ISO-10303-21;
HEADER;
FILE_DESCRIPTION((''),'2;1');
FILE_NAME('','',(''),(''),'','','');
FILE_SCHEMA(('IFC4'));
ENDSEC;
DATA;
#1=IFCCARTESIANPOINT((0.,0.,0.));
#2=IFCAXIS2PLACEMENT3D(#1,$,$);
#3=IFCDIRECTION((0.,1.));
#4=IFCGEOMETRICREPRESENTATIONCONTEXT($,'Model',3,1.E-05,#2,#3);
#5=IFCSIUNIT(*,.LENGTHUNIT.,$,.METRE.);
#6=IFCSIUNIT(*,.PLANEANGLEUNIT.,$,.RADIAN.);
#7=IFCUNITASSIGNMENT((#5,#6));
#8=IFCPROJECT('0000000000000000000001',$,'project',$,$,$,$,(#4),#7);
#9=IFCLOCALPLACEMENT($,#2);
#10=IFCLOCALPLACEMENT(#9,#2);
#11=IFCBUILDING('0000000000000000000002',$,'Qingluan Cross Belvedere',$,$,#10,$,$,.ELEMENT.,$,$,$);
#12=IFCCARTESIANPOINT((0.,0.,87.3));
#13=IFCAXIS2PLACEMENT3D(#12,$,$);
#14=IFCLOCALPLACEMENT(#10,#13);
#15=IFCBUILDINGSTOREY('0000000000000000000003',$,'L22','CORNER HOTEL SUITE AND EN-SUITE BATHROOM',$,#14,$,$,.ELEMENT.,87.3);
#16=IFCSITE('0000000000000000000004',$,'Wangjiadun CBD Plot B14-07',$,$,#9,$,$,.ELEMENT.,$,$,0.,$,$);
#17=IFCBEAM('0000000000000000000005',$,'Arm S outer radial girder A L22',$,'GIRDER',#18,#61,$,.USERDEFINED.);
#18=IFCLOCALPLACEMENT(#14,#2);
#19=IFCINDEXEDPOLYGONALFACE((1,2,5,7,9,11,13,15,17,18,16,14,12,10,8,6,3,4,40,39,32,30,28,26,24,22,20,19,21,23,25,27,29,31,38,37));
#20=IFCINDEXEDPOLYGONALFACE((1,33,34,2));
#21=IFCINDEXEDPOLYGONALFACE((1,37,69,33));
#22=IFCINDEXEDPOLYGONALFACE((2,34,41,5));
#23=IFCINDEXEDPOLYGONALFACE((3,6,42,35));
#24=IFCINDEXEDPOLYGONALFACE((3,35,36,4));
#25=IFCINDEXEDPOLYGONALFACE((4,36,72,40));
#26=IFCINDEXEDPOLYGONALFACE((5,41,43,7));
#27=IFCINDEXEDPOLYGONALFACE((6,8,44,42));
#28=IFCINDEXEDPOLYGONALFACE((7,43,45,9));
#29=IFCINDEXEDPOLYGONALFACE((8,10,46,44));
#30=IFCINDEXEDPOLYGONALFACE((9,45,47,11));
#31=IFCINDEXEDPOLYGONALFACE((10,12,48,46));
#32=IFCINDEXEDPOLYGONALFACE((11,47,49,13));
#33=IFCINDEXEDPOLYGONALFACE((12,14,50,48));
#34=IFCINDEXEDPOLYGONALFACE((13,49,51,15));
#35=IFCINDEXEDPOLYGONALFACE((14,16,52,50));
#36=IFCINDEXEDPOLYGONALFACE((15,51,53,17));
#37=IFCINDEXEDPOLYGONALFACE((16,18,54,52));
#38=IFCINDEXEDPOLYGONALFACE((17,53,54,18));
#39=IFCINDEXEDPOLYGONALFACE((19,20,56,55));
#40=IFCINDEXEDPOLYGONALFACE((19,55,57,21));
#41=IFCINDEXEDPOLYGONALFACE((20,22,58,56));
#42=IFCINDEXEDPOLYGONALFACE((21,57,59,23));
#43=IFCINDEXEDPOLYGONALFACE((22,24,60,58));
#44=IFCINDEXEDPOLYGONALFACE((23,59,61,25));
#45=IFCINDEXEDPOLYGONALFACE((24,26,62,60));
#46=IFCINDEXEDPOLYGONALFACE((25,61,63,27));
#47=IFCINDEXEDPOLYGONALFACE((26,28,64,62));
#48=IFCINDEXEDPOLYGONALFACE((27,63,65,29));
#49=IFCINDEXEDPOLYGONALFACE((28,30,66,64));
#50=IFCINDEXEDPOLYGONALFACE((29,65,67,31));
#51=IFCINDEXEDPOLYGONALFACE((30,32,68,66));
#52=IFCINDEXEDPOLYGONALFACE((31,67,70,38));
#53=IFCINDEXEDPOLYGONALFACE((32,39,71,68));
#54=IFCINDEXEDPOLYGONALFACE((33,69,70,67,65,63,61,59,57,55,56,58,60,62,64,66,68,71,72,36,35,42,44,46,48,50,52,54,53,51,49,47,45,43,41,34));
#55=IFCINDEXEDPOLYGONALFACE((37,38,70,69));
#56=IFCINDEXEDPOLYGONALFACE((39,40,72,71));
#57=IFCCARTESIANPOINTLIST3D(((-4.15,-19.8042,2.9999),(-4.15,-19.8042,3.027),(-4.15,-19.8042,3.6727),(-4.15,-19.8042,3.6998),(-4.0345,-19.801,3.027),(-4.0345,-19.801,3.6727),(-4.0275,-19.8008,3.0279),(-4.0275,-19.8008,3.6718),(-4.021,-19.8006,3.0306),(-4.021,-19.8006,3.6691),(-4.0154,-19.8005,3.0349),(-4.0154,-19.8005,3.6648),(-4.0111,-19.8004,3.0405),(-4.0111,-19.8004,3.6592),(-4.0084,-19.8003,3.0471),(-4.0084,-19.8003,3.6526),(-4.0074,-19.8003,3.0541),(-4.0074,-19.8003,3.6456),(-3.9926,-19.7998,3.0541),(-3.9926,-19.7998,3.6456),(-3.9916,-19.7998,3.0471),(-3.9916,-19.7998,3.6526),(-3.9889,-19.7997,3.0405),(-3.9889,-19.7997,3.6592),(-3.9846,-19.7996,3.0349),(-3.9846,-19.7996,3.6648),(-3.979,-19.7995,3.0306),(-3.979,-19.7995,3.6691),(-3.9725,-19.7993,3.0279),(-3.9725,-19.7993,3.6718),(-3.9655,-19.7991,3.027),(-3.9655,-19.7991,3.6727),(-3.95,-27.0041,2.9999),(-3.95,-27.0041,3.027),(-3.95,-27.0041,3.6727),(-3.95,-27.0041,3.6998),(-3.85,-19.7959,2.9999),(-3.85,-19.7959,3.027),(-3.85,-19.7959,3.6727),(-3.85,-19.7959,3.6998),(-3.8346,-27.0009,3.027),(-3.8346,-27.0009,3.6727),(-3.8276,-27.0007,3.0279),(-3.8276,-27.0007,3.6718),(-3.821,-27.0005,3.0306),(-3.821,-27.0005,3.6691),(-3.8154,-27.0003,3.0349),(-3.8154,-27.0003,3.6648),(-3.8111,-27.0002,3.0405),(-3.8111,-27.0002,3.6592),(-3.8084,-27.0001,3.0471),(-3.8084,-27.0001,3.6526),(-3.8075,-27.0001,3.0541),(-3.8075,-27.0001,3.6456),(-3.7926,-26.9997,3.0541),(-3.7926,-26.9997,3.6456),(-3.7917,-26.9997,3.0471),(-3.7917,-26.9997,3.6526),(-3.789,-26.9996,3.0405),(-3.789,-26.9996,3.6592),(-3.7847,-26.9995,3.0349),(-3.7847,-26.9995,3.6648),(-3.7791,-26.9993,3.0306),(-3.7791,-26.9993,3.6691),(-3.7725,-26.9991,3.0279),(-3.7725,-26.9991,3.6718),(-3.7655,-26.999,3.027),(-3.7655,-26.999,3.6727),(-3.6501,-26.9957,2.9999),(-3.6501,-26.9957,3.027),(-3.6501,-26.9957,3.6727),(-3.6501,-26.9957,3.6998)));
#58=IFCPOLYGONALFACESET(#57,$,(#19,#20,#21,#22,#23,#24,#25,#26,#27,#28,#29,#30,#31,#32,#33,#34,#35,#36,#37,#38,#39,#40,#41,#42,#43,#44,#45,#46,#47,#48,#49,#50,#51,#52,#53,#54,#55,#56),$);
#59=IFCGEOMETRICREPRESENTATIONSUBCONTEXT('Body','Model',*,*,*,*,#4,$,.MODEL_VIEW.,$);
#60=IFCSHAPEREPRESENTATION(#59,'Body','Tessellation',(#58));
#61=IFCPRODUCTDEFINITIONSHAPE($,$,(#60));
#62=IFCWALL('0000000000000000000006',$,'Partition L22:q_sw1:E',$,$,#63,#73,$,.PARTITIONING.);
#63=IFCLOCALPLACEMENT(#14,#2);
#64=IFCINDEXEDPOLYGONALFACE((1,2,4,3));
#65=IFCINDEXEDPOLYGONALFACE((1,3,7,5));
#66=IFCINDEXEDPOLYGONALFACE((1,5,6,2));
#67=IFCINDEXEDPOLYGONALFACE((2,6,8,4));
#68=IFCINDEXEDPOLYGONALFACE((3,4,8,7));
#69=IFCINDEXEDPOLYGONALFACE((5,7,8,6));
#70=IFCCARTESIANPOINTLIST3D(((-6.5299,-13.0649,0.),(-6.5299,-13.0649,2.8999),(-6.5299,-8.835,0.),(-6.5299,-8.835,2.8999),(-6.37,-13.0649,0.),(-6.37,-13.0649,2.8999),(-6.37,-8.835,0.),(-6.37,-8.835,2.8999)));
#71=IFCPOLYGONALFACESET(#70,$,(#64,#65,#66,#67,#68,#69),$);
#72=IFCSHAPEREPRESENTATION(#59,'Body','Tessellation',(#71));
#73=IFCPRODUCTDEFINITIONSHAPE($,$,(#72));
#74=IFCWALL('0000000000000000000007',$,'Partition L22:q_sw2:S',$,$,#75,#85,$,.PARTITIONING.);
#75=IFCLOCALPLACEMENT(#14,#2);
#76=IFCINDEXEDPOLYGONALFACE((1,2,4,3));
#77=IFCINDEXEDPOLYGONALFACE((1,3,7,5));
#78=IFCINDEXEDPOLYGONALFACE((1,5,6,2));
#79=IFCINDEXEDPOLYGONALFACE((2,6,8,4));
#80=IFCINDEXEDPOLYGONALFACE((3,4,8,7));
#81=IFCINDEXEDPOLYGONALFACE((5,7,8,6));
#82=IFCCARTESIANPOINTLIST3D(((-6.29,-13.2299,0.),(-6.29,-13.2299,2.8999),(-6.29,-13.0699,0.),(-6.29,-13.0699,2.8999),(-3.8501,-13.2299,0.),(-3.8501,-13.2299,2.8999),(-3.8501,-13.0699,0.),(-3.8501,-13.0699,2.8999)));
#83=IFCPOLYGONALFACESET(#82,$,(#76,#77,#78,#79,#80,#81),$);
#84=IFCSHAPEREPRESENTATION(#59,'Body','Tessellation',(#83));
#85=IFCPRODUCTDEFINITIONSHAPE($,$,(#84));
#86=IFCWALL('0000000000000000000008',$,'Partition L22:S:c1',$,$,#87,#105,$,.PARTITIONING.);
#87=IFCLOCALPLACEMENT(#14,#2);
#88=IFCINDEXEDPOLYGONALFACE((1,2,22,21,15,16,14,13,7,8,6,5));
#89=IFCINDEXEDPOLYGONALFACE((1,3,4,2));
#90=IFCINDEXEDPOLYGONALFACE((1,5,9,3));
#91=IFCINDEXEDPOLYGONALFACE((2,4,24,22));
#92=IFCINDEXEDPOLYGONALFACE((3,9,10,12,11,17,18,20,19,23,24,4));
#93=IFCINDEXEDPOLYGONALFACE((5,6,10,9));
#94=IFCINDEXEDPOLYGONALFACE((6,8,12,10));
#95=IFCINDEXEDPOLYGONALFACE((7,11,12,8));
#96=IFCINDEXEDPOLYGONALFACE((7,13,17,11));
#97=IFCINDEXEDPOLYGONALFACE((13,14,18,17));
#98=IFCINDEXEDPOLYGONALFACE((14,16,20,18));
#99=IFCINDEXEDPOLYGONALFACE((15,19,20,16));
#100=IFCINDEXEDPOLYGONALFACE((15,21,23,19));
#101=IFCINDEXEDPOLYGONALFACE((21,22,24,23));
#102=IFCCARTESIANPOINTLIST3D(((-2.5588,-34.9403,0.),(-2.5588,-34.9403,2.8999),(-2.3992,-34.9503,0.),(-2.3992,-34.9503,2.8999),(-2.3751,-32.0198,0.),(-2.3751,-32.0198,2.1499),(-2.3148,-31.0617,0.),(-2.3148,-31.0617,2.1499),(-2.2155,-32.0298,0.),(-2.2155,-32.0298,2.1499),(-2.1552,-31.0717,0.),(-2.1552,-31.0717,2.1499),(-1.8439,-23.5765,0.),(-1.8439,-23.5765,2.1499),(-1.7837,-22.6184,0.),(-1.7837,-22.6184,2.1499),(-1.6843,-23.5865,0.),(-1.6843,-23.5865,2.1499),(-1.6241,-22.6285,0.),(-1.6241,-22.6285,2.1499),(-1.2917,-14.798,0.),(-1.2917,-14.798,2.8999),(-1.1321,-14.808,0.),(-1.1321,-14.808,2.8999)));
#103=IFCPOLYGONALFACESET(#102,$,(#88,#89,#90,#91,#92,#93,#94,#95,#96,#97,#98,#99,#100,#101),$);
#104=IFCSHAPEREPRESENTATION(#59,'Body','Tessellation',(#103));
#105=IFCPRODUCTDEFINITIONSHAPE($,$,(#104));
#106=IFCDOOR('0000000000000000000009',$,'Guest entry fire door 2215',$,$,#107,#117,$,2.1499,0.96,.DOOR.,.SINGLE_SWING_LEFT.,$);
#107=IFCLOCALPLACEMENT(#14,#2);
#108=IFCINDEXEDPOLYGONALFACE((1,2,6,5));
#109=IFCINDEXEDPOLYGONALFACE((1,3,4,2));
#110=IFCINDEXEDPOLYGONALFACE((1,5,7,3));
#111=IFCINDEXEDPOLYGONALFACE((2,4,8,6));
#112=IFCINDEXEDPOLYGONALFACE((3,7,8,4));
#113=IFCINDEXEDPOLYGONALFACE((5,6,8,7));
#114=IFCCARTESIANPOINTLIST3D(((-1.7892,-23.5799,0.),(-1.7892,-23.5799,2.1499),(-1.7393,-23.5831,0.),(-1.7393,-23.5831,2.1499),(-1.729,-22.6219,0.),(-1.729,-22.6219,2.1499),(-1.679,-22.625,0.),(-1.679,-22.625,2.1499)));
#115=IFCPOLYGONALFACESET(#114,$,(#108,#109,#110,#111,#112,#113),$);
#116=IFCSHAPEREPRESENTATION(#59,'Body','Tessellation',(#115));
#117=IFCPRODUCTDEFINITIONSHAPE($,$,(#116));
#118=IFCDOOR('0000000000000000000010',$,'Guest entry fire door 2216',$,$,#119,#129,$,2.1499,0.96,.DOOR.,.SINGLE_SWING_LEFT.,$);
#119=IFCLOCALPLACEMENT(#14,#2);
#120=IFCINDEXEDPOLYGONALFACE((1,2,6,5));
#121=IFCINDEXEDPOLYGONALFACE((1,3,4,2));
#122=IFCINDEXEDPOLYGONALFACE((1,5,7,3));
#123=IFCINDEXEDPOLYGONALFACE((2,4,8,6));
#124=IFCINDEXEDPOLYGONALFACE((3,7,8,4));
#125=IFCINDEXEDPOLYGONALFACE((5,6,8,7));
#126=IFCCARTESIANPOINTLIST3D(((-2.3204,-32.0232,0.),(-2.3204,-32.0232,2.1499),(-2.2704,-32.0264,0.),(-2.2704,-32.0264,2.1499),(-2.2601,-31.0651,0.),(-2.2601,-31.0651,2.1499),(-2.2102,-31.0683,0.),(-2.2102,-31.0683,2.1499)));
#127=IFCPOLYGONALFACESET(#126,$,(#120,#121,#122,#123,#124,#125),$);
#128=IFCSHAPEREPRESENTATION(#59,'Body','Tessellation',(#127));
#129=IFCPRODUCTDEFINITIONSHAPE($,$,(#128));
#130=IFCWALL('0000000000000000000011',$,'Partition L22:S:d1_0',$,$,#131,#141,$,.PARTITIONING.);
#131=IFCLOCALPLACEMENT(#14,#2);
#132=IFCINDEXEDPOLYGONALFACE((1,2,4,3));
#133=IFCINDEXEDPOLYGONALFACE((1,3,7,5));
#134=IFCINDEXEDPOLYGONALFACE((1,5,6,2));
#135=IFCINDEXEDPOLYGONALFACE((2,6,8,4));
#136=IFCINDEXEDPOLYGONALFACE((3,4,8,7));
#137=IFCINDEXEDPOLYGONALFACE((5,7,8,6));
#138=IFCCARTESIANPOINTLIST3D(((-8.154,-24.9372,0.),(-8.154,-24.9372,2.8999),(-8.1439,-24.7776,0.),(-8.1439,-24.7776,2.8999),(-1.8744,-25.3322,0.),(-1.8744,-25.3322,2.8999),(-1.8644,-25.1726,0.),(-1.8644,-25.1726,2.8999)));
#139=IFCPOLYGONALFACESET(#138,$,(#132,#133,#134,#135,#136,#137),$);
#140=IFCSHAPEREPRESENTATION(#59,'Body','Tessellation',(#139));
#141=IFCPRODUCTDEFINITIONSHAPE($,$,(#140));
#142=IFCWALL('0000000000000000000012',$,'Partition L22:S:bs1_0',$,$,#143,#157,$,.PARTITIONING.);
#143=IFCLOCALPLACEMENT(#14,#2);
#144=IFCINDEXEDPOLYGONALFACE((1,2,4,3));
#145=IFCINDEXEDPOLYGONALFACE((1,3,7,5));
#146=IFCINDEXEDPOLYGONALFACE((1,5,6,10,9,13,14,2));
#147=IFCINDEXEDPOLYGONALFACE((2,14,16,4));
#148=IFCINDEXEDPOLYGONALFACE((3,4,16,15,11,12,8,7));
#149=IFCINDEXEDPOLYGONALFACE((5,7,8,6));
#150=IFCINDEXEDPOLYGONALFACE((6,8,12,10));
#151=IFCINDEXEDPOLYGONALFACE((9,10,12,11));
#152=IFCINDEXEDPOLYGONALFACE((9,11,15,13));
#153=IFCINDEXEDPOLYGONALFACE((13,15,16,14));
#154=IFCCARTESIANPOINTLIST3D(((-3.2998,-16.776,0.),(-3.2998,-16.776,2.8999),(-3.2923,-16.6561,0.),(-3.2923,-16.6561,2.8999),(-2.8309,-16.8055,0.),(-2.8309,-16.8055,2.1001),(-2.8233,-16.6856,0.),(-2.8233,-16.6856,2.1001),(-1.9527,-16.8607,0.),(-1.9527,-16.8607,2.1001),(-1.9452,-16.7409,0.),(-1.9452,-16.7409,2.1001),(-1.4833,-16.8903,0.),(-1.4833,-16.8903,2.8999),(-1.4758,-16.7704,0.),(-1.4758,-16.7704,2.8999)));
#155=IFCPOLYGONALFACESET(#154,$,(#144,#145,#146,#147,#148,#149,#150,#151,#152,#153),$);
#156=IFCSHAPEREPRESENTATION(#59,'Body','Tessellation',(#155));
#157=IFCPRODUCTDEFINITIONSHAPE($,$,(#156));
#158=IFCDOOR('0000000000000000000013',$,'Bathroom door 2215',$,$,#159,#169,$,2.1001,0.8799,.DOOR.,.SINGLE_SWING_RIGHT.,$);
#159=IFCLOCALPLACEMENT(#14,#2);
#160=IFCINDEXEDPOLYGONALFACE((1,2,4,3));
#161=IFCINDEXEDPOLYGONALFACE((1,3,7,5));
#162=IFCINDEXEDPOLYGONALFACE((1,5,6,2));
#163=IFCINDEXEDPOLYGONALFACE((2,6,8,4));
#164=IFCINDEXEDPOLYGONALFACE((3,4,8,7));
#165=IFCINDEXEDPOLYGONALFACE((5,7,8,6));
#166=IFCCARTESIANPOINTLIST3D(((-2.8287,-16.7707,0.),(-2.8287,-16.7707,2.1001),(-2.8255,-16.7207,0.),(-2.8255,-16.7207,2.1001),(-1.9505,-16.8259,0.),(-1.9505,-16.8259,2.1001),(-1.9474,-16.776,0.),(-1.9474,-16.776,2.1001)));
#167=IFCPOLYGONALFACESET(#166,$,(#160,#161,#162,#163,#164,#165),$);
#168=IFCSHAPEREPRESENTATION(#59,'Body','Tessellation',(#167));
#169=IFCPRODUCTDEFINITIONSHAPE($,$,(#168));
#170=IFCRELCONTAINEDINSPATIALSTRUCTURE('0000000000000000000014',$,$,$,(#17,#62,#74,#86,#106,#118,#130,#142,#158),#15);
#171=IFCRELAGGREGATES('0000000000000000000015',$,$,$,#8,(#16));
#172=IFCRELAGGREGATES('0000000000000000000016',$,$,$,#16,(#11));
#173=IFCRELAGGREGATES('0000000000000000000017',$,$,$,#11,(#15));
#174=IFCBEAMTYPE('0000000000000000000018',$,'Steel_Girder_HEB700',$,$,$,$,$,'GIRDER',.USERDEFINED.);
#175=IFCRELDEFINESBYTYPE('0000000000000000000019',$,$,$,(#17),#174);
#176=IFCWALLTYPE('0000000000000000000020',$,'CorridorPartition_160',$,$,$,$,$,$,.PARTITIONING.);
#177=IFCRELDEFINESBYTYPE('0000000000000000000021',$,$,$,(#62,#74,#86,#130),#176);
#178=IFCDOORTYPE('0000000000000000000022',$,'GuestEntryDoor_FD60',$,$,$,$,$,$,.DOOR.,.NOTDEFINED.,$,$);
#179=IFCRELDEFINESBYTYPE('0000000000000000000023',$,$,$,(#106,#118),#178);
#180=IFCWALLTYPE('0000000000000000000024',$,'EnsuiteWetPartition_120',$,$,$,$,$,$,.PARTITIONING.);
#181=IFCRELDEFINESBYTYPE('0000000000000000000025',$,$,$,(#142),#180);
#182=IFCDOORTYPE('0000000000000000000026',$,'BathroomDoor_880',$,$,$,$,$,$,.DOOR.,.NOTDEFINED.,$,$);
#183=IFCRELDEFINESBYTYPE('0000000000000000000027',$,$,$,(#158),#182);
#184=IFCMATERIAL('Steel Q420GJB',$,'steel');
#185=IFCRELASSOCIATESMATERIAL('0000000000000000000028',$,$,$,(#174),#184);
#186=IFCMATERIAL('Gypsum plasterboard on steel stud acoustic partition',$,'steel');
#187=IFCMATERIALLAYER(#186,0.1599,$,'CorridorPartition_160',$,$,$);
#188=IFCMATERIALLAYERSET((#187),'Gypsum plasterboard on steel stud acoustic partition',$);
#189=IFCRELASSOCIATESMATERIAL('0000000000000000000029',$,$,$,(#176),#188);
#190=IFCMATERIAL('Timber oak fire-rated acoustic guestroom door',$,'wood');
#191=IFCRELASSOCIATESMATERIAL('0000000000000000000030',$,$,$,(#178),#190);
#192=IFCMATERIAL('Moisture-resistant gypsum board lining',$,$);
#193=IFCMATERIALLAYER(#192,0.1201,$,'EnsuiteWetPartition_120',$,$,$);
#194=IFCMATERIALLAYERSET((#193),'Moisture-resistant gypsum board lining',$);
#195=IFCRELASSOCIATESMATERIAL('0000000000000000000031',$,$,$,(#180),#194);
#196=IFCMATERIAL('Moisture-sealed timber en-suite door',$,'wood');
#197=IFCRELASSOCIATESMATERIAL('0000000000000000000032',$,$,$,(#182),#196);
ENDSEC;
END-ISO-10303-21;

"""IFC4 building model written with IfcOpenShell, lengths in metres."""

from ifc_helpers import new_model, si_unit, direction, frame, frame_2d, origin, origin_2d, place, context, subcontext, project, spatial, rectangle, i_section, extrude, material, layer, layer_set, material_profile, profile_set, type_object, element, fill, save


model = new_model("IFC4")

# Units and contexts
model_context = context("Model", 3, precision=1e-05, world=origin(), true_north=direction((0.0, 1.0)))
body_context = subcontext(model_context, "Body", "Model", "MODEL_VIEW")
ifc_project = project(units=[si_unit("LENGTHUNIT", "METRE"), si_unit("PLANEANGLEUNIT", "RADIAN")], contexts=[model_context])

# Site, building, storey
site_placement = place(None, origin())
site = spatial("IfcSite", under=ifc_project, at=site_placement, Name="Wangjiadun CBD Plot B14-07", CompositionType="ELEMENT", RefElevation=0.0)
building_placement = place(site_placement, origin())
building = spatial("IfcBuilding", under=site, at=building_placement, Name="Qingluan Cross Belvedere", CompositionType="ELEMENT")
storey_placement = place(building_placement, frame((0.0, 0.0, 87.3)))
storey = spatial("IfcBuildingStorey", under=building, at=storey_placement, Name="L22", Description="CORNER HOTEL SUITE AND EN-SUITE BATHROOM", CompositionType="ELEMENT", Elevation=87.3)

# Beam
ifc_material_1 = material(Name="Steel Q420GJB", Category="steel")
ifc_material_profile_1 = material_profile(ifc_material_1, i_section(OverallWidth=0.3, OverallDepth=0.7, WebThickness=0.0149, FlangeThickness=0.0271, FilletRadius=0.0271, at=origin_2d()), Name="HEB700")
ifc_profile_set_1 = profile_set([ifc_material_profile_1], Name="Steel Q420GJB")
beam_type_1 = type_object("IfcBeamType", Name="Steel_Girder_HEB700", ElementType="GIRDER", PredefinedType="USERDEFINED", material=ifc_profile_set_1)
beam_1_placement = place(storey_placement, frame((-4.0, -19.8, 3.3499), z_axis=(0.02776, -0.999615, 0.0), x_axis=(0.999615, 0.02776, 0.0)))
element("IfcBeam", 1, at=beam_1_placement, inside=storey, type_object=beam_type_1, Name="Arm S outer radial girder A L22", ObjectType="GIRDER", PredefinedType="USERDEFINED", context=body_context, shape_type="SweptSolid", body=[
    extrude(i_section(OverallWidth=0.3, OverallDepth=0.7, WebThickness=0.0149, FlangeThickness=0.0271, FilletRadius=0.0271, at=origin_2d()), origin(), (0.0, 0.0, 1.0), 7.2026),
])

# Walls
ifc_material_2 = material(Name="Gypsum plasterboard on steel stud acoustic partition", Category="steel")
ifc_layer_1 = layer(ifc_material_2, 0.1599, Name="CorridorPartition_160")
ifc_layer_set_1 = layer_set([ifc_layer_1], Name="Gypsum plasterboard on steel stud acoustic partition")
wall_type_1 = type_object("IfcWallType", Name="CorridorPartition_160", PredefinedType="PARTITIONING", material=ifc_layer_set_1)
wall_1_placement = place(storey_placement, frame((-6.45, -13.0649, 0.0), z_axis=(0.0, 0.0, 1.0), x_axis=(0.0, 1.0, 0.0)))
element("IfcWall", 2, at=wall_1_placement, inside=storey, type_object=wall_type_1, Name="Partition L22:q_sw1:E", PredefinedType="PARTITIONING", context=body_context, shape_type="SweptSolid", body=[
    extrude(rectangle(XDim=4.23, YDim=0.1599, at=frame_2d((2.115, 0.0))), origin(), (0.0, 0.0, 1.0), 2.8999),
])
wall_2_placement = place(storey_placement, frame((-6.29, -13.1499, 0.0), z_axis=(0.0, 0.0, 1.0), x_axis=(1.0, 0.0, 0.0)))
element("IfcWall", 3, at=wall_2_placement, inside=storey, type_object=wall_type_1, Name="Partition L22:q_sw2:S", PredefinedType="PARTITIONING", context=body_context, shape_type="SweptSolid", body=[
    extrude(rectangle(XDim=2.4399, YDim=0.1599, at=frame_2d((1.22, 0.0))), origin(), (0.0, 0.0, 1.0), 2.8999),
])

# Wall, openings, doors
wall_3_placement = place(storey_placement, frame((-1.2119, -14.803, 0.0), z_axis=(0.0, 0.0, 1.0), x_axis=(-0.062783, -0.998027, 0.0)))
wall_3 = element("IfcWall", 4, at=wall_3_placement, inside=storey, type_object=wall_type_1, Name="Partition L22:S:c1", PredefinedType="PARTITIONING", context=body_context, shape_type="SweptSolid", body=[
    extrude(rectangle(XDim=20.1821, YDim=0.1599, at=frame_2d((10.0911, 0.0))), origin(), (0.0, 0.0, 1.0), 2.8999),
])
opening_1_placement = place(wall_3_placement, frame((7.8359, 0.0, 0.0)))
opening_1 = element("IfcOpeningElement", 5, at=opening_1_placement, cuts=wall_3, PredefinedType="OPENING", context=body_context, shape_type="SweptSolid", body=[
    extrude(rectangle(XDim=0.96, YDim=2.1499, at=frame_2d((0.48, 1.075))), frame((0.0, 0.0898, 0.0), z_axis=(0.0, -1.0, 0.0), x_axis=(1.0, 0.0, 0.0)), (0.0, 0.0, 1.0), 0.1799),
])
opening_2_placement = place(wall_3_placement, frame((16.2959, 0.0, 0.0)))
opening_2 = element("IfcOpeningElement", 6, at=opening_2_placement, cuts=wall_3, PredefinedType="OPENING", context=body_context, shape_type="SweptSolid", body=[
    extrude(rectangle(XDim=0.96, YDim=2.1499, at=frame_2d((0.48, 1.075))), frame((0.0, 0.0898, 0.0), z_axis=(0.0, -1.0, 0.0), x_axis=(1.0, 0.0, 0.0)), (0.0, 0.0, 1.0), 0.1799),
])
ifc_material_3 = material(Name="Timber oak fire-rated acoustic guestroom door", Category="wood")
door_type_1 = type_object("IfcDoorType", Name="GuestEntryDoor_FD60", OperationType="NOTDEFINED", PredefinedType="DOOR", material=ifc_material_3)
door_1_placement = place(opening_1_placement, origin())
door_1 = element("IfcDoor", 7, at=door_1_placement, inside=storey, type_object=door_type_1, Name="Guest entry fire door 2215", OperationType="SINGLE_SWING_LEFT", OverallHeight=2.1499, OverallWidth=0.96, PredefinedType="DOOR", context=body_context, shape_type="SweptSolid", body=[
    extrude(rectangle(XDim=0.96, YDim=2.1499, at=frame_2d((0.48, 1.075))), frame((0.0, 0.0249, 0.0), z_axis=(0.0, -1.0, 0.0), x_axis=(1.0, 0.0, 0.0)), (0.0, 0.0, 1.0), 0.05),
])
fill(opening_1, door_1)
door_2_placement = place(opening_2_placement, origin())
door_2 = element("IfcDoor", 8, at=door_2_placement, inside=storey, type_object=door_type_1, Name="Guest entry fire door 2216", OperationType="SINGLE_SWING_LEFT", OverallHeight=2.1499, OverallWidth=0.96, PredefinedType="DOOR", context=body_context, shape_type="SweptSolid", body=[
    extrude(rectangle(XDim=0.96, YDim=2.1499, at=frame_2d((0.48, 1.075))), frame((0.0, 0.0249, 0.0), z_axis=(0.0, -1.0, 0.0), x_axis=(1.0, 0.0, 0.0)), (0.0, 0.0, 1.0), 0.05),
])
fill(opening_2, door_2)

# Wall
wall_4_placement = place(storey_placement, frame((-1.8694, -25.2524, 0.0), z_axis=(0.0, 0.0, 1.0), x_axis=(-0.998027, 0.062782, 0.0)))
element("IfcWall", 9, at=wall_4_placement, inside=storey, type_object=wall_type_1, Name="Partition L22:S:d1_0", PredefinedType="PARTITIONING", context=body_context, shape_type="SweptSolid", body=[
    extrude(rectangle(XDim=6.292, YDim=0.1599, at=frame_2d((3.146, 0.0))), origin(), (0.0, 0.0, 1.0), 2.8999),
])

# Wall, opening, door
ifc_material_4 = material(Name="Moisture-resistant gypsum board lining")
ifc_layer_2 = layer(ifc_material_4, 0.1201, Name="EnsuiteWetPartition_120")
ifc_layer_set_2 = layer_set([ifc_layer_2], Name="Moisture-resistant gypsum board lining")
wall_type_2 = type_object("IfcWallType", Name="EnsuiteWetPartition_120", PredefinedType="PARTITIONING", material=ifc_layer_set_2)
wall_5_placement = place(storey_placement, frame((-3.2961, -16.7161, 0.0), z_axis=(0.0, 0.0, 1.0), x_axis=(0.998027, -0.062779, 0.0)))
wall_5 = element("IfcWall", 10, at=wall_5_placement, inside=storey, type_object=wall_type_2, Name="Partition L22:S:bs1_0", PredefinedType="PARTITIONING", context=body_context, shape_type="SweptSolid", body=[
    extrude(rectangle(XDim=1.8201, YDim=0.1201, at=frame_2d((0.9102, 0.0))), origin(), (0.0, 0.0, 1.0), 2.8999),
])
opening_3_placement = place(wall_5_placement, frame((0.47, 0.0, 0.0)))
opening_3 = element("IfcOpeningElement", 11, at=opening_3_placement, cuts=wall_5, PredefinedType="OPENING", context=body_context, shape_type="SweptSolid", body=[
    extrude(rectangle(XDim=0.8799, YDim=2.1001, at=frame_2d((0.4399, 1.05))), frame((0.0, 0.0701, 0.0), z_axis=(0.0, -1.0, 0.0), x_axis=(1.0, 0.0, 0.0)), (0.0, 0.0, 1.0), 0.1401),
])
ifc_material_5 = material(Name="Moisture-sealed timber en-suite door", Category="wood")
door_type_2 = type_object("IfcDoorType", Name="BathroomDoor_880", OperationType="NOTDEFINED", PredefinedType="DOOR", material=ifc_material_5)
door_3_placement = place(opening_3_placement, origin())
door_3 = element("IfcDoor", 12, at=door_3_placement, inside=storey, type_object=door_type_2, Name="Bathroom door 2215", OperationType="SINGLE_SWING_RIGHT", OverallHeight=2.1001, OverallWidth=0.8799, PredefinedType="DOOR", context=body_context, shape_type="SweptSolid", body=[
    extrude(rectangle(XDim=0.8799, YDim=2.1001, at=frame_2d((0.4399, 1.05))), frame((0.0, 0.0249, 0.0), z_axis=(0.0, -1.0, 0.0), x_axis=(1.0, 0.0, 0.0)), (0.0, 0.0, 1.0), 0.05),
])
fill(opening_3, door_3)

save(model, "model.ifc")
